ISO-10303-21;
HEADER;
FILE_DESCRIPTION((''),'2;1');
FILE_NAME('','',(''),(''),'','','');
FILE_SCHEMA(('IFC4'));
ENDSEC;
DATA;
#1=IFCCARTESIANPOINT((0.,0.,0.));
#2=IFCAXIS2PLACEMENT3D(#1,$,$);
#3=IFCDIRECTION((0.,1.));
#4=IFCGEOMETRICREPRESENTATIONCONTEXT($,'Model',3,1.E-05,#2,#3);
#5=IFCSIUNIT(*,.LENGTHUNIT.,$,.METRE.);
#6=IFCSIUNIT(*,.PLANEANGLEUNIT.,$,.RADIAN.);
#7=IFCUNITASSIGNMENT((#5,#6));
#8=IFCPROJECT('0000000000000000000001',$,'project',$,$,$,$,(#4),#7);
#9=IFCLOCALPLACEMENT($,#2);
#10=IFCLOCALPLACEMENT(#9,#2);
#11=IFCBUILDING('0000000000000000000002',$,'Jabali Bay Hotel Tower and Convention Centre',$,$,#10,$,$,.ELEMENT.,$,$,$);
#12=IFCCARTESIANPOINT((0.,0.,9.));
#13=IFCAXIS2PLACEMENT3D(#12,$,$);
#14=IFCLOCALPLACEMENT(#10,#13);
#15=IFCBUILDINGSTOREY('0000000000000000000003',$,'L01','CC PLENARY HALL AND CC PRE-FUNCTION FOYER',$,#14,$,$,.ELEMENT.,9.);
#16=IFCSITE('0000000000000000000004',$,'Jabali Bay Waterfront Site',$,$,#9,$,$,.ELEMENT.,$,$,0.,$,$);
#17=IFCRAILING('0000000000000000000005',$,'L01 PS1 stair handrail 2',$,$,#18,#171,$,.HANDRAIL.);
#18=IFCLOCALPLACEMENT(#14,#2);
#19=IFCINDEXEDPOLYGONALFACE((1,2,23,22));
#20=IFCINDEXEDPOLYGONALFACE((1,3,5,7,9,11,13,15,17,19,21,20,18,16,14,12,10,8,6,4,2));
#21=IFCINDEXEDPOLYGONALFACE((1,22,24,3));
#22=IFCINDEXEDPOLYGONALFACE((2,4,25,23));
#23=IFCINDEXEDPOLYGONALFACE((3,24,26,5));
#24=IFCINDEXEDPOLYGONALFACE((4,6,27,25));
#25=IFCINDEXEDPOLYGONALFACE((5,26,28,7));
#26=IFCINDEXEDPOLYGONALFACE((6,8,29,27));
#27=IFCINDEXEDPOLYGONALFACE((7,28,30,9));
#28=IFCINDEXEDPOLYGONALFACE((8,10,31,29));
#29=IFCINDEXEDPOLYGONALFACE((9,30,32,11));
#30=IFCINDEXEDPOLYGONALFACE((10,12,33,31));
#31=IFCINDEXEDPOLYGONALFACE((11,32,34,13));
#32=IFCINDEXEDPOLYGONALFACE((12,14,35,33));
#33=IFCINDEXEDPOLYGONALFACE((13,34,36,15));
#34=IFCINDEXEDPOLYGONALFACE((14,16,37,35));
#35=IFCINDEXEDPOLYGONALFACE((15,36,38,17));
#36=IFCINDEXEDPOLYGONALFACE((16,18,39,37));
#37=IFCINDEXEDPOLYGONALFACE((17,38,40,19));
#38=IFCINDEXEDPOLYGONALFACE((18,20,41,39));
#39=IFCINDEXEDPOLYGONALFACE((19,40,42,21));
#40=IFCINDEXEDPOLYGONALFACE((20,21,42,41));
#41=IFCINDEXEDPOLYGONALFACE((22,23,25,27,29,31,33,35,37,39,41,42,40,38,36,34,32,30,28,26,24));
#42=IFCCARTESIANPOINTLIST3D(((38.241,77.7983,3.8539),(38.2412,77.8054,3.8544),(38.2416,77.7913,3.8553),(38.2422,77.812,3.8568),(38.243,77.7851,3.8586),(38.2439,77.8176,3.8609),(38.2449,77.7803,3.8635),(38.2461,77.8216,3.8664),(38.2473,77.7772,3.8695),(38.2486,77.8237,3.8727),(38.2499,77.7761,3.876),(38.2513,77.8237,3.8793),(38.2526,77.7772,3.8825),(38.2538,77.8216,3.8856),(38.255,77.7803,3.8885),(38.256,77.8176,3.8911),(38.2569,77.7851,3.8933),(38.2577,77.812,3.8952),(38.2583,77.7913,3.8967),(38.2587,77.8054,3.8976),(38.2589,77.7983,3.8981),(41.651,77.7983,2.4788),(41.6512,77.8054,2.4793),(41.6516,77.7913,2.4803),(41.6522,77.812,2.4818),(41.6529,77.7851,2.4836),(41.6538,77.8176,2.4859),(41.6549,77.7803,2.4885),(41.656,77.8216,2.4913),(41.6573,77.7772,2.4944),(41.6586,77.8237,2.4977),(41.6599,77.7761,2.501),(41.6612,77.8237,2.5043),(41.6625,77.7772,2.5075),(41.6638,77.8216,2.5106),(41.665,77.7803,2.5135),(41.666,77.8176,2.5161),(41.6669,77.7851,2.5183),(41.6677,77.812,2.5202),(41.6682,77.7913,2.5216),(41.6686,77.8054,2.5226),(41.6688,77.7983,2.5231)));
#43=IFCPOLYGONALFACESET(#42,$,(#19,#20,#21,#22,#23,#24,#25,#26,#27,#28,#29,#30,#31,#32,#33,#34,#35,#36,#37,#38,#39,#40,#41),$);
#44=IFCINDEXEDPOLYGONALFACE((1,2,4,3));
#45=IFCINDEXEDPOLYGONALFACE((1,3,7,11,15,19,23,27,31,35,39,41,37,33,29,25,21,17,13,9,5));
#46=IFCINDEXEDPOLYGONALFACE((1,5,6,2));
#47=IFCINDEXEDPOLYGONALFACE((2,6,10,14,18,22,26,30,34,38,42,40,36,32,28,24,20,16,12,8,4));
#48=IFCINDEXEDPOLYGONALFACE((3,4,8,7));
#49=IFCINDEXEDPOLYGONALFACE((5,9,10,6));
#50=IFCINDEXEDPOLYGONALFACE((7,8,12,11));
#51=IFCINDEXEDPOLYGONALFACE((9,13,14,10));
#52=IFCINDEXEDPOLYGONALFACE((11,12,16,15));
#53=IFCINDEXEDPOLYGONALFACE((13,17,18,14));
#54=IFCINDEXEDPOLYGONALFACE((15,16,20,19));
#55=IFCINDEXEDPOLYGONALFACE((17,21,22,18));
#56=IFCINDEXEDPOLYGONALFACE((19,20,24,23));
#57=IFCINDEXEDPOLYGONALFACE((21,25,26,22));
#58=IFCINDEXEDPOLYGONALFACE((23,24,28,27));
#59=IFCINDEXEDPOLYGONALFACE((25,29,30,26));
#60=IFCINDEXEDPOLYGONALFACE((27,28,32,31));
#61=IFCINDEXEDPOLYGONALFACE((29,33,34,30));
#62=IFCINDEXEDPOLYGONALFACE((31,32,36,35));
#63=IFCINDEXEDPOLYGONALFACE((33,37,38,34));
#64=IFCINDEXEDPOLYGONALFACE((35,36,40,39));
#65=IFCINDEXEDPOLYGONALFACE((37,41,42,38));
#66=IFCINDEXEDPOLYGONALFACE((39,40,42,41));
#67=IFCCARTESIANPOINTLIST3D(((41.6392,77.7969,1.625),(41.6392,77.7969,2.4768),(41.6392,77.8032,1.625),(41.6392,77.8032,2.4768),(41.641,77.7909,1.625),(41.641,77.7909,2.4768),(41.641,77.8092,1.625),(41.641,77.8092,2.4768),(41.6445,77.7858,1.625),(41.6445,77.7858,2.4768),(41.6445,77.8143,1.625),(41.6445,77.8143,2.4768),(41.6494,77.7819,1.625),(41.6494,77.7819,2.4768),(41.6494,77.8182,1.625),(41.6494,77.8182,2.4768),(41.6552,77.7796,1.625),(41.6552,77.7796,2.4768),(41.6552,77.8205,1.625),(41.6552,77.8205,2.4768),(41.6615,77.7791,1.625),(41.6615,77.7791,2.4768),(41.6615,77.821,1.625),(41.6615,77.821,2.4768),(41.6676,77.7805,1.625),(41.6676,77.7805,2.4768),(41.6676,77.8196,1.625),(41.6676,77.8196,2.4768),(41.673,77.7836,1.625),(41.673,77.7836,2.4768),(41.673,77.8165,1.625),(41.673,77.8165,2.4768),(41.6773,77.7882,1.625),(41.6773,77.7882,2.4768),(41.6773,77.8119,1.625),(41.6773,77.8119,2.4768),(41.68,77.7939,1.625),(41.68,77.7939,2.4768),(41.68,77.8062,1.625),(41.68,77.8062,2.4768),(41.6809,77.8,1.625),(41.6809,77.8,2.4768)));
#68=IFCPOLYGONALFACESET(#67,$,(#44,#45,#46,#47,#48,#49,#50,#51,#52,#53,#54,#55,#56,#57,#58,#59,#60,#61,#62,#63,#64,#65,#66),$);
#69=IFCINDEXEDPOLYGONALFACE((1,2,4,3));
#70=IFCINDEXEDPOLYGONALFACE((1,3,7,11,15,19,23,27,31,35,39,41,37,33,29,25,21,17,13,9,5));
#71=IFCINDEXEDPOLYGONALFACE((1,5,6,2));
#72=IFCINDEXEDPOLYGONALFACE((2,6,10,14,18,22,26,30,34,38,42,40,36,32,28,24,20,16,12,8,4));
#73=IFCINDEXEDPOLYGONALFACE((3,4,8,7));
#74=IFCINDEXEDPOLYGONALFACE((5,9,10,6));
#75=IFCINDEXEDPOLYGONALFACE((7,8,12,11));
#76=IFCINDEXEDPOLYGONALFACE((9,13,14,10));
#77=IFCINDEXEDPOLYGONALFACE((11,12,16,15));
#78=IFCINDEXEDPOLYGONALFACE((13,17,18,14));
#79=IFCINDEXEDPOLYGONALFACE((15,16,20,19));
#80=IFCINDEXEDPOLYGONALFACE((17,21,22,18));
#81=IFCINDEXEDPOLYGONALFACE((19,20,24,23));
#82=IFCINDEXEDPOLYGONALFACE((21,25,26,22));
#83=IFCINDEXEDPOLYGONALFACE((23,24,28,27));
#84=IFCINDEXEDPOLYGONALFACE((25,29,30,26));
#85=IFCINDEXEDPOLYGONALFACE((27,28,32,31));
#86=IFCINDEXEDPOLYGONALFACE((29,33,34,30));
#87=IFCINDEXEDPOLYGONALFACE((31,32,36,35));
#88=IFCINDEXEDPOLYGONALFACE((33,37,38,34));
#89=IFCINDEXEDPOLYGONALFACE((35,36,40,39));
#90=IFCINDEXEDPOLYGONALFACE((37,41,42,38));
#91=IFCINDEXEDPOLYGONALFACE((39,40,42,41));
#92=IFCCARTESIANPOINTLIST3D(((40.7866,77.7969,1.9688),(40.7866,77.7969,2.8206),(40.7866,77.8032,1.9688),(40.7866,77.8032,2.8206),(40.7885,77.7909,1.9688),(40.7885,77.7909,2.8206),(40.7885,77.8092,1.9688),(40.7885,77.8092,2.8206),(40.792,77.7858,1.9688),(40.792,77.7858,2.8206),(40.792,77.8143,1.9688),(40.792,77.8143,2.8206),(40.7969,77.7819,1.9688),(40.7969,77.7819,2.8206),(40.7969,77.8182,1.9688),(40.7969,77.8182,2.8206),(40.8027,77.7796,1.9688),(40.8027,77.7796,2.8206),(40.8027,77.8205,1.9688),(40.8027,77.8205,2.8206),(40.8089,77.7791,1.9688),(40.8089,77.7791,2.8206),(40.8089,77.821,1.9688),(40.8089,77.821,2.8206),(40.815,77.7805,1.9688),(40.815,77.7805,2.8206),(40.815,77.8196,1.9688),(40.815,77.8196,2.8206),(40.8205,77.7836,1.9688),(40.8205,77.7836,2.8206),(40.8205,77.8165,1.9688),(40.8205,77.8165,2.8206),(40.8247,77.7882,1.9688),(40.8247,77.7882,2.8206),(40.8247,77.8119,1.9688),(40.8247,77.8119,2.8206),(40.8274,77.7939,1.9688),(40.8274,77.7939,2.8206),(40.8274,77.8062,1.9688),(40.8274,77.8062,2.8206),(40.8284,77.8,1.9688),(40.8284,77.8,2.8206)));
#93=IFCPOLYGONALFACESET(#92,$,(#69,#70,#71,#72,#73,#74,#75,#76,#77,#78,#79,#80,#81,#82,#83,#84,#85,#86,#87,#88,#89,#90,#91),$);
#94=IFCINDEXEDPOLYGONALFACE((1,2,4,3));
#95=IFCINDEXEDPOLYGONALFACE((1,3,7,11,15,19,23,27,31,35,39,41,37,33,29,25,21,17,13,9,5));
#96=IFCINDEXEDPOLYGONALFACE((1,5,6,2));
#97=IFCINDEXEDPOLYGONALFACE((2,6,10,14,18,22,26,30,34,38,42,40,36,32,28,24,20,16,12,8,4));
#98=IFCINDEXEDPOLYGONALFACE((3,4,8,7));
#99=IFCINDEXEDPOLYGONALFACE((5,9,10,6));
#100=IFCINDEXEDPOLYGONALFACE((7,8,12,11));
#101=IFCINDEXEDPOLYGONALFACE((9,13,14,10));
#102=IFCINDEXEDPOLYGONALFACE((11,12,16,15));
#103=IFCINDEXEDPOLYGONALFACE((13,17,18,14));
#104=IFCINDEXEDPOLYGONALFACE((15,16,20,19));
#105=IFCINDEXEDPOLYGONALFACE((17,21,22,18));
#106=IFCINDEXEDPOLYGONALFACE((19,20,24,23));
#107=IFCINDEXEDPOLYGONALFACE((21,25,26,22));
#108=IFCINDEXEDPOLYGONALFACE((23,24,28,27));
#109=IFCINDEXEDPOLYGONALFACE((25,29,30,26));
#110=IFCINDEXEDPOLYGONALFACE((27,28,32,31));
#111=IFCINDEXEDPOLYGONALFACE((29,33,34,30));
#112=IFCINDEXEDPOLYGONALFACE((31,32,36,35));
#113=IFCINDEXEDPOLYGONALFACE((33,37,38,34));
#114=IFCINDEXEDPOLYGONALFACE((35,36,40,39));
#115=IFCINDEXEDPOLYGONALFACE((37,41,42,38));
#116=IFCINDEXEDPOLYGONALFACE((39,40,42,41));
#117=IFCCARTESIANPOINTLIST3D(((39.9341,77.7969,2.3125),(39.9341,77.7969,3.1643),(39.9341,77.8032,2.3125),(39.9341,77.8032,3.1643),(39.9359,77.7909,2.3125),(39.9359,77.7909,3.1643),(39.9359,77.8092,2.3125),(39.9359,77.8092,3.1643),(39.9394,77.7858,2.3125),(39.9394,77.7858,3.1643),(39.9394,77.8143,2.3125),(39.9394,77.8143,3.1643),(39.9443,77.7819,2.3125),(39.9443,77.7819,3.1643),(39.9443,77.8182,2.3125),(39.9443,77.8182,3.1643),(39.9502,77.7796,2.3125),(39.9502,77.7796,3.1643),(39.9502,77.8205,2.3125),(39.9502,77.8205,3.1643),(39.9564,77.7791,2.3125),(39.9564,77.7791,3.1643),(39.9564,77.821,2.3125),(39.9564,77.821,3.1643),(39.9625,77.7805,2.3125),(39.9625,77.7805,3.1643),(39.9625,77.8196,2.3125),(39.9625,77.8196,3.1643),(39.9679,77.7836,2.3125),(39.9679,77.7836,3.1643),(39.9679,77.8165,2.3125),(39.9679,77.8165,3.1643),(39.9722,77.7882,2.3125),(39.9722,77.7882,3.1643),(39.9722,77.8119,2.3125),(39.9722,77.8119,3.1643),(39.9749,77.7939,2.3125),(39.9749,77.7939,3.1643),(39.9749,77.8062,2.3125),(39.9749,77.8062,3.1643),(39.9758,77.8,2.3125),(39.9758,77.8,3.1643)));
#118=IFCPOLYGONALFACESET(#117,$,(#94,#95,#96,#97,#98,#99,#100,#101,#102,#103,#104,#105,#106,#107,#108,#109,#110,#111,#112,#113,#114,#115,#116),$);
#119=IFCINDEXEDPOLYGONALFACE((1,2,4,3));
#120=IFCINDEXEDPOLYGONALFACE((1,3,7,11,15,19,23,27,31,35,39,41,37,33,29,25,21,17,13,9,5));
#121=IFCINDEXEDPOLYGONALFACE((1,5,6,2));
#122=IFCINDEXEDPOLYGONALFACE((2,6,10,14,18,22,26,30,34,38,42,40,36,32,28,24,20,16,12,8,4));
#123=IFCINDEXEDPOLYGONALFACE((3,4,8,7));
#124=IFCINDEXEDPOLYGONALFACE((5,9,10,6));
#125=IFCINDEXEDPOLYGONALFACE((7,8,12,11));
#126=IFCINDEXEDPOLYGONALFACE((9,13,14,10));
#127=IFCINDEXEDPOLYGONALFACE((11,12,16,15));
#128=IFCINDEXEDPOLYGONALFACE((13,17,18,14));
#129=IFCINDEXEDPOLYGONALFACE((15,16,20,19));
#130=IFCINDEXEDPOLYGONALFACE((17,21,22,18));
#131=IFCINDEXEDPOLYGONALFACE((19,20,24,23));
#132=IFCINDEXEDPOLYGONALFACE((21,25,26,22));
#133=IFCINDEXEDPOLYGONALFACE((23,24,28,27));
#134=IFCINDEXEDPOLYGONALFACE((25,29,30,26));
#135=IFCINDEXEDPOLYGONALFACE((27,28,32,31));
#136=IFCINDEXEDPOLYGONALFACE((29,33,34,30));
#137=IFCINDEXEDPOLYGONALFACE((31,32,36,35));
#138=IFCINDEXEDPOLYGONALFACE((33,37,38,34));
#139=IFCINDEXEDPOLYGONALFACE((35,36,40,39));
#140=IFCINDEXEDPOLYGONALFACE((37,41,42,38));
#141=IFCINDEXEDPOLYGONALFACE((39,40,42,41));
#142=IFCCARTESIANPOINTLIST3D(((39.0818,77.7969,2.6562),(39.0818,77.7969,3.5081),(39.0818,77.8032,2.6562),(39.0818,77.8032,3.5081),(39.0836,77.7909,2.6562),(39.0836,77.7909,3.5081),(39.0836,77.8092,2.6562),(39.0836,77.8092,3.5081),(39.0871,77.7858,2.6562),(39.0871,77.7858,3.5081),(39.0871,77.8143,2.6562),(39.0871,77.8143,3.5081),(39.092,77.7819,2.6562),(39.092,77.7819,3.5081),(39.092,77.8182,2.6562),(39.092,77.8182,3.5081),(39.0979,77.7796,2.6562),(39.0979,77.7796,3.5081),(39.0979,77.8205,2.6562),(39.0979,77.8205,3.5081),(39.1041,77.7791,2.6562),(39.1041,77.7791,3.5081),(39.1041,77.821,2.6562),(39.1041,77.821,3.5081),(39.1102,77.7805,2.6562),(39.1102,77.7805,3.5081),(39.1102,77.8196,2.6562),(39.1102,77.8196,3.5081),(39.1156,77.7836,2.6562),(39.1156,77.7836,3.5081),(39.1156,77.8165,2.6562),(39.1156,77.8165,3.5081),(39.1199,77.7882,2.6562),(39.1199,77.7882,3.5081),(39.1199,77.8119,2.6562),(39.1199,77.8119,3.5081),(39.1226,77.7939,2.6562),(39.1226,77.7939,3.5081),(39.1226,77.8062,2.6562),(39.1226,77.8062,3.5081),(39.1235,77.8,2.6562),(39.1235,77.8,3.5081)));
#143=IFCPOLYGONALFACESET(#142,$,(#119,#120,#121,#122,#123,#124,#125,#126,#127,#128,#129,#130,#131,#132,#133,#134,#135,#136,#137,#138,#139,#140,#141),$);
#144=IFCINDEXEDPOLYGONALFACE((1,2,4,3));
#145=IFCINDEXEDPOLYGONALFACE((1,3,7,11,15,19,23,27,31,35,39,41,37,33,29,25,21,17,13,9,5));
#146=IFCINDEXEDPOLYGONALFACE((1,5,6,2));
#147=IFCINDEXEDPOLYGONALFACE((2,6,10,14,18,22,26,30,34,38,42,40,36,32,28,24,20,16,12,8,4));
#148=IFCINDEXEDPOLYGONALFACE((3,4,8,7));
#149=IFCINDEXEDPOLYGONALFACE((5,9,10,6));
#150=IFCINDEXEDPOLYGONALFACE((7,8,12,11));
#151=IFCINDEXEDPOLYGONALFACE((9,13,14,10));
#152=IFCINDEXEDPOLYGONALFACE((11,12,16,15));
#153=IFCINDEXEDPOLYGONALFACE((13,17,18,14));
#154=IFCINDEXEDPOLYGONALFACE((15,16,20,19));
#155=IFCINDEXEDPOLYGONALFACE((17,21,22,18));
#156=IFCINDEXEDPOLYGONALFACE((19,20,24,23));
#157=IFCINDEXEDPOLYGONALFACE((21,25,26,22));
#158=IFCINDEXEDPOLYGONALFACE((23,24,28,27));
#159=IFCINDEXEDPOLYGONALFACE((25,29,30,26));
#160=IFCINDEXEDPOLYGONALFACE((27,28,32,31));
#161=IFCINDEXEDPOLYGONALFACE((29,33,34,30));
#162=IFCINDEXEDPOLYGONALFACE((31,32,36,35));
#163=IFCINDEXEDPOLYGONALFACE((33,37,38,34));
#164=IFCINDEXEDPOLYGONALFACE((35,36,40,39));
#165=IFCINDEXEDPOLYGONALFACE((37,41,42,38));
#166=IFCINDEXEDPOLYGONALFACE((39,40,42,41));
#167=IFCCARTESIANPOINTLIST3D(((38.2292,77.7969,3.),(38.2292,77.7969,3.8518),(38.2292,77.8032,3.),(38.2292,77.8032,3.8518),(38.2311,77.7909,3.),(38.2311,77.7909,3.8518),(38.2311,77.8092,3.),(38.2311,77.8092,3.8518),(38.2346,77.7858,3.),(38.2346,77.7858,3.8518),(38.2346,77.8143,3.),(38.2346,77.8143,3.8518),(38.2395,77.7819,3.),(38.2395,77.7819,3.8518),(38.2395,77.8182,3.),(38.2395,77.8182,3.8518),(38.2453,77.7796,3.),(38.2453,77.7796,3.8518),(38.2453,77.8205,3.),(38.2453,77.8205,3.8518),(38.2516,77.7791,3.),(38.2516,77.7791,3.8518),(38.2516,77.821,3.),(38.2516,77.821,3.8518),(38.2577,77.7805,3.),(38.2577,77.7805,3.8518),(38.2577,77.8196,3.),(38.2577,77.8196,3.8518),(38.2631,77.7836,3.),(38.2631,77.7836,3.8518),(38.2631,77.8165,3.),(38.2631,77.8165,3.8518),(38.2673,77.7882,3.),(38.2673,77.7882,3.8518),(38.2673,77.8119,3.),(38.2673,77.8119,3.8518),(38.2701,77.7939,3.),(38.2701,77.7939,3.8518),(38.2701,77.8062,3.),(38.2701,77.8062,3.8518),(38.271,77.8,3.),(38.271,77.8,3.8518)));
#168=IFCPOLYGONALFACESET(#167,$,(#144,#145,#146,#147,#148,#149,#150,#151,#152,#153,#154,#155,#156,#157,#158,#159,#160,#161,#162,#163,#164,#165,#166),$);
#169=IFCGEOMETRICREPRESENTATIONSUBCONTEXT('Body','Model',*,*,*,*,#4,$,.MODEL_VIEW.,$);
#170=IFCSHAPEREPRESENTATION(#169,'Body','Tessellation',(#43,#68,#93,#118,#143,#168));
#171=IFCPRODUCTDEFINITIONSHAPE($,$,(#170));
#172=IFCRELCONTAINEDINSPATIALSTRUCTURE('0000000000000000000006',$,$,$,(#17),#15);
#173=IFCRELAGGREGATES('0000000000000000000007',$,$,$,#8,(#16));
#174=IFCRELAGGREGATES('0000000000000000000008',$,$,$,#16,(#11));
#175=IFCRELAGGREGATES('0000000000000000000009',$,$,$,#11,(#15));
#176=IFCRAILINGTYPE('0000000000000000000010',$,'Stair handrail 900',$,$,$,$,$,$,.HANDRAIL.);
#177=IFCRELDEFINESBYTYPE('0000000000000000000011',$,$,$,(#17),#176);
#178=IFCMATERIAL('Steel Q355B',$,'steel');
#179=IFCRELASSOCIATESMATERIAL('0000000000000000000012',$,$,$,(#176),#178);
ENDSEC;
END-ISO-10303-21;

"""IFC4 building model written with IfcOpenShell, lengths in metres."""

from ifc_helpers import new_model, si_unit, direction, frame, origin, origin_2d, place, context, subcontext, project, spatial, circle, extrude, material, type_object, element, save


model = new_model("IFC4")

# Units and contexts
model_context = context("Model", 3, precision=1e-05, world=origin(), true_north=direction((0.0, 1.0)))
body_context = subcontext(model_context, "Body", "Model", "MODEL_VIEW")
ifc_project = project(units=[si_unit("LENGTHUNIT", "METRE"), si_unit("PLANEANGLEUNIT", "RADIAN")], contexts=[model_context])

# Site, building, storey
site_placement = place(None, origin())
site = spatial("IfcSite", under=ifc_project, at=site_placement, Name="Jabali Bay Waterfront Site", CompositionType="ELEMENT", RefElevation=0.0)
building_placement = place(site_placement, origin())
building = spatial("IfcBuilding", under=site, at=building_placement, Name="Jabali Bay Hotel Tower and Convention Centre", CompositionType="ELEMENT")
storey_placement = place(building_placement, frame((0.0, 0.0, 9.0)))
storey = spatial("IfcBuildingStorey", under=building, at=storey_placement, Name="L01", Description="CC PLENARY HALL AND CC PRE-FUNCTION FOYER", CompositionType="ELEMENT", Elevation=9.0)

# Railing
ifc_material_1 = material(Name="Steel Q355B", Category="steel")
railing_type_1 = type_object("IfcRailingType", Name="Stair handrail 900", PredefinedType="HANDRAIL", material=ifc_material_1)
railing_1_placement = place(storey_placement, frame((41.6599, 77.8, 1.625)))
element("IfcRailing", 1, at=railing_1_placement, inside=storey, type_object=railing_type_1, Name="L01 PS1 stair handrail 2", PredefinedType="HANDRAIL", context=body_context, shape_type="SweptSolid", body=[
    extrude(circle(Radius=0.0239, at=origin_2d()), frame((0.0, 0.0, 0.876), z_axis=(-0.927438, 0.0, 0.373977), x_axis=(0.0, -1.0, 0.0)), (0.0, 0.0, 1.0), 3.6768),
    extrude(circle(Radius=0.021, at=origin_2d()), origin(), (0.0, 0.0, 1.0), 0.8518),
    extrude(circle(Radius=0.021, at=origin_2d()), frame((-0.8525, 0.0, 0.3438)), (0.0, 0.0, 1.0), 0.8518),
    extrude(circle(Radius=0.021, at=origin_2d()), frame((-1.7051, 0.0, 0.6875)), (0.0, 0.0, 1.0), 0.8518),
    extrude(circle(Radius=0.021, at=origin_2d()), frame((-2.5574, 0.0, 1.0312)), (0.0, 0.0, 1.0), 0.8518),
    extrude(circle(Radius=0.021, at=origin_2d()), frame((-3.4099, 0.0, 1.375)), (0.0, 0.0, 1.0), 0.8518),
])

save(model, "model.ifc")
